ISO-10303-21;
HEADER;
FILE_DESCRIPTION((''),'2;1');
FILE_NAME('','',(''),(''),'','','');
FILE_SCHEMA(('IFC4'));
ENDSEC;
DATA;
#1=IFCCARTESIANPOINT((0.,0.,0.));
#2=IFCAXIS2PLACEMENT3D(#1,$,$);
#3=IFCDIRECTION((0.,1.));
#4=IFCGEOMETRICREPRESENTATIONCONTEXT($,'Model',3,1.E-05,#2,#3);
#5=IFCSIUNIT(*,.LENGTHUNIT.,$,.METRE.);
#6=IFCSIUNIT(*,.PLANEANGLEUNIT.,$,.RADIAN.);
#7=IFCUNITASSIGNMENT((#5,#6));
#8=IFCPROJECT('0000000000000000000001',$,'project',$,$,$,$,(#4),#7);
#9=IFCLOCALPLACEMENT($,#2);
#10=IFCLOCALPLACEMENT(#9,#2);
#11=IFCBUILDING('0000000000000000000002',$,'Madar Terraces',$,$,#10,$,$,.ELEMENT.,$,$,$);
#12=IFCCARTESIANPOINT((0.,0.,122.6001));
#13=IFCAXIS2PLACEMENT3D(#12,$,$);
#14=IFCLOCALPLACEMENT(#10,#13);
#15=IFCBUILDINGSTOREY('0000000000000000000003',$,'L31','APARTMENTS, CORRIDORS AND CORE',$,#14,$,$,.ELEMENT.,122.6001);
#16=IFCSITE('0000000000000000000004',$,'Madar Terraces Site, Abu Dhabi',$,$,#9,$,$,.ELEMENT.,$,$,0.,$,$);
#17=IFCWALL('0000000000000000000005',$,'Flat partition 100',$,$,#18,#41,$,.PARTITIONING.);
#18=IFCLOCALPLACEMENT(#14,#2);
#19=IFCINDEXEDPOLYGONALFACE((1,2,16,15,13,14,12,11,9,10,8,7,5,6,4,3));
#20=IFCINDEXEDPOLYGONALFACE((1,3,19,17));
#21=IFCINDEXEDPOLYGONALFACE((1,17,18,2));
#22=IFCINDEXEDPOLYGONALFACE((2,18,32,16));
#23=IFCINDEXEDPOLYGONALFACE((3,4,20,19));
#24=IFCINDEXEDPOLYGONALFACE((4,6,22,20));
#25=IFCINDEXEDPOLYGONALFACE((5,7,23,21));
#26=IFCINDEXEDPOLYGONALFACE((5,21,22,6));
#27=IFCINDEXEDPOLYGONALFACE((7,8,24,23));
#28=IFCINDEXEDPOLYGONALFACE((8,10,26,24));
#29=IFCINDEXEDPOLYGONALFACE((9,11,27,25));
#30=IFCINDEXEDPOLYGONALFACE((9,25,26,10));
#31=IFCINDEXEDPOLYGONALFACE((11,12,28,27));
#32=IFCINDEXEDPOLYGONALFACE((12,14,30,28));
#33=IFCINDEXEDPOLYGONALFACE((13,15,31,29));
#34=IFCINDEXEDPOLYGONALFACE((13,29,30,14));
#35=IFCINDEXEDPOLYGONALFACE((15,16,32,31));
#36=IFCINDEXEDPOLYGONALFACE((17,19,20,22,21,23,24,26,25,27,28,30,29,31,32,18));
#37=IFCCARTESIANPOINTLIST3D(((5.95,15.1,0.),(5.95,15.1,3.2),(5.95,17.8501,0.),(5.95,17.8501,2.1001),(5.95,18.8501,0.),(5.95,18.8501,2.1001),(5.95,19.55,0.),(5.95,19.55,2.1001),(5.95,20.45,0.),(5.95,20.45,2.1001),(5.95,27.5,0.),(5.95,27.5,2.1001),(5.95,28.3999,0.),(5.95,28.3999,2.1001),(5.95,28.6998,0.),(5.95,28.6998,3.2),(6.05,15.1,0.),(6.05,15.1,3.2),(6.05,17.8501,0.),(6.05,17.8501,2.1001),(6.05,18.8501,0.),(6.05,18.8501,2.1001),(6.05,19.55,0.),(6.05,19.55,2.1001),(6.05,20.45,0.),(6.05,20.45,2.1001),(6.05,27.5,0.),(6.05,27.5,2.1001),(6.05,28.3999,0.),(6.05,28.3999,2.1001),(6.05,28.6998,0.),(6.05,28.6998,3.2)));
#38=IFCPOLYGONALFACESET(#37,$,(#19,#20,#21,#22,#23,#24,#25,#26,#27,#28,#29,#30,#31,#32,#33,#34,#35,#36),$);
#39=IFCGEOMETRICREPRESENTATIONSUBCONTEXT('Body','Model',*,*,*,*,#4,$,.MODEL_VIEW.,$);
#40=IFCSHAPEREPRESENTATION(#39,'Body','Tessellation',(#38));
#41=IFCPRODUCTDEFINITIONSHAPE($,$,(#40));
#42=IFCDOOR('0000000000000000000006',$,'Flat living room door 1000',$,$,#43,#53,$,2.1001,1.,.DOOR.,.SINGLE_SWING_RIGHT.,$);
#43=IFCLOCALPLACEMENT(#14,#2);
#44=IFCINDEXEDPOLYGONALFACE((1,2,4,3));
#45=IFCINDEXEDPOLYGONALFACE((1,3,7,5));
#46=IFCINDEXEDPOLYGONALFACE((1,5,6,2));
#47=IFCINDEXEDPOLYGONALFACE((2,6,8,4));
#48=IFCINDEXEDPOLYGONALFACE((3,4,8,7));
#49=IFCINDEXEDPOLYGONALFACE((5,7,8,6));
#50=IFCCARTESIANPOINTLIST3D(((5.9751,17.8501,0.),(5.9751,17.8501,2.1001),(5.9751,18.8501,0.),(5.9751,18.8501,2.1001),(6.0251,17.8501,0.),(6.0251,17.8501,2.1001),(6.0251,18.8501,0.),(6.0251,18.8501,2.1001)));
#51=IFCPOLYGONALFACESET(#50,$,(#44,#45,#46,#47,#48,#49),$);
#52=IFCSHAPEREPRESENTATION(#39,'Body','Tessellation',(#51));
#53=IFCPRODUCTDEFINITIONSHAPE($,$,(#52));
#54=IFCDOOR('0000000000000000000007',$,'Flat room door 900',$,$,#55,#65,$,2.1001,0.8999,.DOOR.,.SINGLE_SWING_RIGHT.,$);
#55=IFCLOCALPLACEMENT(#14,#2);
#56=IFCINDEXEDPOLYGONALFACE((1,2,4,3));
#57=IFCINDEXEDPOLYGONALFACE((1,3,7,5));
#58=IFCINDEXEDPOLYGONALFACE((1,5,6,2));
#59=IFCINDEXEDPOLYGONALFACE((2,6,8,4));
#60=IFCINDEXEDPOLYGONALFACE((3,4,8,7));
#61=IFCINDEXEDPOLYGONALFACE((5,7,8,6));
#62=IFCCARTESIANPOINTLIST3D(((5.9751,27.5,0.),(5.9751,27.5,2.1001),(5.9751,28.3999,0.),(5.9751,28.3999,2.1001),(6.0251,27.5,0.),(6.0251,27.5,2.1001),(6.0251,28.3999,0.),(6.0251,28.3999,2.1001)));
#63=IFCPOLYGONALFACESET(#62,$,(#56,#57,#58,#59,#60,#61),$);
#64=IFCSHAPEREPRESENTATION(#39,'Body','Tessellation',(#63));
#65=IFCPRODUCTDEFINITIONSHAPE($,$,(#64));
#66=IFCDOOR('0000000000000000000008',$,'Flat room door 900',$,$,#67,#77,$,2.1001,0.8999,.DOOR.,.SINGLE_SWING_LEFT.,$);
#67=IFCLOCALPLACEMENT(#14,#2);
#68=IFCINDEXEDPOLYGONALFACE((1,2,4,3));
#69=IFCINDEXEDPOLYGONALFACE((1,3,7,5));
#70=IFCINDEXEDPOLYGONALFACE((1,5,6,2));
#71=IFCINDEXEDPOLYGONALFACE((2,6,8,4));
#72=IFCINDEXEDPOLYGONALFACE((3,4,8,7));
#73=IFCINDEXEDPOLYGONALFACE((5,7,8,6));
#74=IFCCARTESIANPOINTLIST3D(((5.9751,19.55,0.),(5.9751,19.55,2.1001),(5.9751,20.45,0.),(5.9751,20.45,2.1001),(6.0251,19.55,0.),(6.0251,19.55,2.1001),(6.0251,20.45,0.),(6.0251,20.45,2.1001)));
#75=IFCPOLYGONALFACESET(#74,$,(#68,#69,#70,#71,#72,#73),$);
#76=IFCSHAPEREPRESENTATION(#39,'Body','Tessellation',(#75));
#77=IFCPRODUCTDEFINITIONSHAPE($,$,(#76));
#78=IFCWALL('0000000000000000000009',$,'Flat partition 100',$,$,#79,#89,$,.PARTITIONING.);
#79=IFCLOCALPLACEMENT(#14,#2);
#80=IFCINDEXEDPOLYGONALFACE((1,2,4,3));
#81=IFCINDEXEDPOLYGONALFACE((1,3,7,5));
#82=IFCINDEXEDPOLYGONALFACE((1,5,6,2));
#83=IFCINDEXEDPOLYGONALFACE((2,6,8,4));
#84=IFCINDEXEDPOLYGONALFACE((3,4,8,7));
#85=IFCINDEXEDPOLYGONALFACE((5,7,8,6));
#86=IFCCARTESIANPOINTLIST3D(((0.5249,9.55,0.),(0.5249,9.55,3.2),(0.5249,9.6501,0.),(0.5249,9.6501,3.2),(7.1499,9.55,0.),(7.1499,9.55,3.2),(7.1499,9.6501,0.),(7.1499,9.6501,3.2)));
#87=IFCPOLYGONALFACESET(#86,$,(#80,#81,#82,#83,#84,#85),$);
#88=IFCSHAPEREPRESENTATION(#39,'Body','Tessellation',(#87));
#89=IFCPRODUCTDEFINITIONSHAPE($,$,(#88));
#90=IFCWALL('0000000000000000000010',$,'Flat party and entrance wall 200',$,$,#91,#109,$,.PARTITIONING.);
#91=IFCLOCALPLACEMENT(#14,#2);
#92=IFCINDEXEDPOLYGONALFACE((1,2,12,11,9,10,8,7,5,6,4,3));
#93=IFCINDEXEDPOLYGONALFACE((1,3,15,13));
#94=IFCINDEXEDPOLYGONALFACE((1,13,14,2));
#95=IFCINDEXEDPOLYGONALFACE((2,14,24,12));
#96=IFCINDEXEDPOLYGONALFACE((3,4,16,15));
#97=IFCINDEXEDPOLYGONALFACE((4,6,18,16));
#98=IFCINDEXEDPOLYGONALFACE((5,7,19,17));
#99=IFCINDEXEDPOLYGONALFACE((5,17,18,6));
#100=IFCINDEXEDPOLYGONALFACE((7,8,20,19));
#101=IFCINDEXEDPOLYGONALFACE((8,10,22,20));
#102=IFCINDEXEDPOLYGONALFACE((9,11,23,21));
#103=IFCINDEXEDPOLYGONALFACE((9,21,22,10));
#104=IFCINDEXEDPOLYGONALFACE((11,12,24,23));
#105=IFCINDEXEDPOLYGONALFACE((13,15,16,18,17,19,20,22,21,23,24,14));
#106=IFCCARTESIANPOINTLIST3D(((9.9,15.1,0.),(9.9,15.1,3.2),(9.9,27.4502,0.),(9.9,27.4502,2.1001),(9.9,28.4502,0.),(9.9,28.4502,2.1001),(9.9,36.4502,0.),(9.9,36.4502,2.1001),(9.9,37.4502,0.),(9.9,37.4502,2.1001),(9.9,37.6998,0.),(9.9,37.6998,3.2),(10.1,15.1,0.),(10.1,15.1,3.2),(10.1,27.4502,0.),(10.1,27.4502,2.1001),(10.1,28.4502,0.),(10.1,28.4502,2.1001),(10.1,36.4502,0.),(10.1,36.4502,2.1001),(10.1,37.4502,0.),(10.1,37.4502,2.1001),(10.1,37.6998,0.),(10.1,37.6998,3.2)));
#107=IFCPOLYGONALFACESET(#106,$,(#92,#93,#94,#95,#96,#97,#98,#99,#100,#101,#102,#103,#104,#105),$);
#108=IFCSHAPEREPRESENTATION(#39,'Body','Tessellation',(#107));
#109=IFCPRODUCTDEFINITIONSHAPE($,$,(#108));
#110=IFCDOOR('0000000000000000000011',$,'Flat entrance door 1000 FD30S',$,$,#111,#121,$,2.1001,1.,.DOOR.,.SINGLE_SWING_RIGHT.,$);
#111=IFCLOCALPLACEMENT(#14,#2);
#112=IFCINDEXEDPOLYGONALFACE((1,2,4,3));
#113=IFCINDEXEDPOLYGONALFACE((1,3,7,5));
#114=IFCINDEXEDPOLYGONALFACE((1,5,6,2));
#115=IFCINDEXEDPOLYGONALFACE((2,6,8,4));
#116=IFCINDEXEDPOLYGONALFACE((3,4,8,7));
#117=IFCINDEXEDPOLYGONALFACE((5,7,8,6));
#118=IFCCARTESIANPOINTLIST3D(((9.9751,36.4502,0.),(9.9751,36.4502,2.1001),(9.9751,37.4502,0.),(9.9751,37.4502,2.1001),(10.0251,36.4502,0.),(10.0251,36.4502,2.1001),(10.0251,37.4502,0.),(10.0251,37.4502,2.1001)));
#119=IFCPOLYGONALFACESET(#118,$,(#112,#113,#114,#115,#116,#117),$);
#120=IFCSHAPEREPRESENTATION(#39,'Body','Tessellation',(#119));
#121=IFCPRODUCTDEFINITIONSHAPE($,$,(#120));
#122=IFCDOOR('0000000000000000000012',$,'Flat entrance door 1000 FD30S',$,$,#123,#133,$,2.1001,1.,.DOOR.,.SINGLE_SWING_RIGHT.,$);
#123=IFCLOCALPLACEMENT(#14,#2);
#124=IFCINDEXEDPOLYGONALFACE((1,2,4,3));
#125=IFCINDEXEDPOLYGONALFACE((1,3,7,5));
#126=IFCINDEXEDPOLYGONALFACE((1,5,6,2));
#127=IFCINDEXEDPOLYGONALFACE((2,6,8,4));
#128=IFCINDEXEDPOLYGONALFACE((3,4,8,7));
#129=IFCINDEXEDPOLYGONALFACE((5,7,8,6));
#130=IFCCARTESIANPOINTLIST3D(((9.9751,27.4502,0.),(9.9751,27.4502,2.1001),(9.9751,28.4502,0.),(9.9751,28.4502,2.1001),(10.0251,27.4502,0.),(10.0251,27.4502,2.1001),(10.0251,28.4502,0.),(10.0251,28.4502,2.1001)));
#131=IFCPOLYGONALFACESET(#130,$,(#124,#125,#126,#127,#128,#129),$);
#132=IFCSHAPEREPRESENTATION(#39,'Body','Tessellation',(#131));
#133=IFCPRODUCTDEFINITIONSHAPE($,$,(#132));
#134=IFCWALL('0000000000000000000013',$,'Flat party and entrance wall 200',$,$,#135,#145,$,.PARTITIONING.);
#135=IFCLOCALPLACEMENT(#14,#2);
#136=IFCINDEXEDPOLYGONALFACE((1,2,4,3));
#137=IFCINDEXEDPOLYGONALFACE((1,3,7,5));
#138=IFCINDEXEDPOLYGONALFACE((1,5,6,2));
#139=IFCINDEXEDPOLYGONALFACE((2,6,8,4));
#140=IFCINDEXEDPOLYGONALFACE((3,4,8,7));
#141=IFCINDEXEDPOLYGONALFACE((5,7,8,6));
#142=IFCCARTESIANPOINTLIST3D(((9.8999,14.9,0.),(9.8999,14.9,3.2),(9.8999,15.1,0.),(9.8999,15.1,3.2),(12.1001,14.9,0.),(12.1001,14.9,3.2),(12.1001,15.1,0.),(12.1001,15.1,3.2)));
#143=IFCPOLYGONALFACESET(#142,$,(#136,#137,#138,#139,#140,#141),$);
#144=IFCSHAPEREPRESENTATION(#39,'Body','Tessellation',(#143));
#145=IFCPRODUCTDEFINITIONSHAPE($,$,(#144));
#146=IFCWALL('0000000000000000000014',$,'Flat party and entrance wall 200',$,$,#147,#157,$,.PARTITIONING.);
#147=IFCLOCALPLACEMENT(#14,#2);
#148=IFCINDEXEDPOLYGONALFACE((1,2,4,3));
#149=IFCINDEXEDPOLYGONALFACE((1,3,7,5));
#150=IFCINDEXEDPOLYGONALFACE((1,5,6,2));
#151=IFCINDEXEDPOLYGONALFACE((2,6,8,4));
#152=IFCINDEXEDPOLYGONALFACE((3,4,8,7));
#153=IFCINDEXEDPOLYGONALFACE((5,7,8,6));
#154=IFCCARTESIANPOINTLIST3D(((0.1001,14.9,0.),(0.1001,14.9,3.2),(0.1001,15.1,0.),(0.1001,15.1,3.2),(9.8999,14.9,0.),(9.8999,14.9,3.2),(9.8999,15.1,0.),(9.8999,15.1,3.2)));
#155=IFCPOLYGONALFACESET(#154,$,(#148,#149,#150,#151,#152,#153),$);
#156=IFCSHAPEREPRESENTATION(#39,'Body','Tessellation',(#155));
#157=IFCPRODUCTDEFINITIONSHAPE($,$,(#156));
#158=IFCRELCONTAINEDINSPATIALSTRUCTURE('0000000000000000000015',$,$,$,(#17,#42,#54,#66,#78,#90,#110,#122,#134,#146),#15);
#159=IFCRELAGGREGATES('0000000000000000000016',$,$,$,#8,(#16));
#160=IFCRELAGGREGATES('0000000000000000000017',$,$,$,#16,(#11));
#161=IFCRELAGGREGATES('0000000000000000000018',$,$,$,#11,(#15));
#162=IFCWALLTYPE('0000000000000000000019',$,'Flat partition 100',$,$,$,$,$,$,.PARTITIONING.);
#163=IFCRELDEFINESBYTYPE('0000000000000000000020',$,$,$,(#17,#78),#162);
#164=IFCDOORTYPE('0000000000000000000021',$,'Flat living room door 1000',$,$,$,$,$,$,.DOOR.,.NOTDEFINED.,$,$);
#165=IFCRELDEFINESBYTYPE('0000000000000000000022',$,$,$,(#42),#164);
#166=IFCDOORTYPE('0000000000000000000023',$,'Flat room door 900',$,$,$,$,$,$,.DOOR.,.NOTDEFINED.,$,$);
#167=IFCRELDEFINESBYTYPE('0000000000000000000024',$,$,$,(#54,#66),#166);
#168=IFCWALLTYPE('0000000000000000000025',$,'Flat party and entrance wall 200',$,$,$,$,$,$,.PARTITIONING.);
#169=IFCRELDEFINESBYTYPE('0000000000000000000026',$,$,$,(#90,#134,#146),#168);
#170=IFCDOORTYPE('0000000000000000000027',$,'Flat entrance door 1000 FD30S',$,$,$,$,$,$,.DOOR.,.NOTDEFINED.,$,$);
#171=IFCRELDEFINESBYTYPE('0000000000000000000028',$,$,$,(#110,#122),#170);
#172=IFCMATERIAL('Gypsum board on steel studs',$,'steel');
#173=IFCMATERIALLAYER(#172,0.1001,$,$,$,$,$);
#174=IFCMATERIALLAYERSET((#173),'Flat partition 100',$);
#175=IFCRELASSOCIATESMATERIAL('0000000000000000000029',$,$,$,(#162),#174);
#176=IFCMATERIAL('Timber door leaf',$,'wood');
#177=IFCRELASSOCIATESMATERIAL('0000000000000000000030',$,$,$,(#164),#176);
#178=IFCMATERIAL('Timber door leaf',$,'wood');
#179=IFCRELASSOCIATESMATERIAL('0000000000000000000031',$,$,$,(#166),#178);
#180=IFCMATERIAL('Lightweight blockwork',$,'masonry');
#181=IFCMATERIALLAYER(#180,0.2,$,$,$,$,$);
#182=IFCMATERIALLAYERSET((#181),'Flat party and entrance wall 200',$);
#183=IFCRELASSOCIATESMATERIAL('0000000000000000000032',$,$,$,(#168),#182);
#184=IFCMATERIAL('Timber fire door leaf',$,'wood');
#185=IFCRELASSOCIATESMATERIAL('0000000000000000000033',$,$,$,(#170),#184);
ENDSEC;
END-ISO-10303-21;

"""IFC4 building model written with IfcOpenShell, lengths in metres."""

from ifc_helpers import new_model, si_unit, direction, frame, frame_2d, origin, place, context, subcontext, project, spatial, rectangle, extrude, material, layer, layer_set, type_object, element, fill, save


model = new_model("IFC4")

# Units and contexts
model_context = context("Model", 3, precision=1e-05, world=origin(), true_north=direction((0.0, 1.0)))
body_context = subcontext(model_context, "Body", "Model", "MODEL_VIEW")
ifc_project = project(units=[si_unit("LENGTHUNIT", "METRE"), si_unit("PLANEANGLEUNIT", "RADIAN")], contexts=[model_context])

# Site, building, storey
site_placement = place(None, origin())
site = spatial("IfcSite", under=ifc_project, at=site_placement, Name="Madar Terraces Site, Abu Dhabi", CompositionType="ELEMENT", RefElevation=0.0)
building_placement = place(site_placement, origin())
building = spatial("IfcBuilding", under=site, at=building_placement, Name="Madar Terraces", CompositionType="ELEMENT")
storey_placement = place(building_placement, frame((0.0, 0.0, 122.6001)))
storey = spatial("IfcBuildingStorey", under=building, at=storey_placement, Name="L31", Description="APARTMENTS, CORRIDORS AND CORE", CompositionType="ELEMENT", Elevation=122.6001)

# Shared definitions
ifc_material_1 = material(Name="Gypsum board on steel studs", Category="steel")
ifc_layer_1 = layer(ifc_material_1, 0.1001)
ifc_layer_set_1 = layer_set([ifc_layer_1], Name="Flat partition 100")
wall_type_1 = type_object("IfcWallType", Name="Flat partition 100", PredefinedType="PARTITIONING", material=ifc_layer_set_1)

# Wall, openings, doors
wall_1_placement = place(storey_placement, frame((6.0, 15.1001, 0.0), z_axis=(0.0, 0.0, 1.0), x_axis=(0.0, 1.0, 0.0)))
wall_1 = element("IfcWall", 1, at=wall_1_placement, inside=storey, type_object=wall_type_1, Name="Flat partition 100", PredefinedType="PARTITIONING", context=body_context, shape_type="SweptSolid", body=[
    extrude(rectangle(XDim=13.5999, YDim=0.1001, at=frame_2d((6.7998, 0.0))), origin(), (0.0, 0.0, 1.0), 3.2),
])
opening_1_placement = place(wall_1_placement, frame((12.3999, 0.0, 0.0)))
opening_1 = element("IfcOpeningElement", 2, at=opening_1_placement, cuts=wall_1, PredefinedType="OPENING", context=body_context, shape_type="SweptSolid", body=[
    extrude(rectangle(XDim=0.8999, YDim=2.1001, at=frame_2d((0.45, 1.05))), frame((0.0, 0.0601, 0.0), z_axis=(0.0, -1.0, 0.0), x_axis=(1.0, 0.0, 0.0)), (0.0, 0.0, 1.0), 0.1201),
])
opening_2_placement = place(wall_1_placement, frame((4.45, 0.0, 0.0)))
opening_2 = element("IfcOpeningElement", 3, at=opening_2_placement, cuts=wall_1, PredefinedType="OPENING", context=body_context, shape_type="SweptSolid", body=[
    extrude(rectangle(XDim=0.8999, YDim=2.1001, at=frame_2d((0.45, 1.05))), frame((0.0, 0.0601, 0.0), z_axis=(0.0, -1.0, 0.0), x_axis=(1.0, 0.0, 0.0)), (0.0, 0.0, 1.0), 0.1201),
])
opening_3_placement = place(wall_1_placement, frame((2.75, 0.0, 0.0)))
opening_3 = element("IfcOpeningElement", 4, at=opening_3_placement, cuts=wall_1, PredefinedType="OPENING", context=body_context, shape_type="SweptSolid", body=[
    extrude(rectangle(XDim=1.0, YDim=2.1001, at=frame_2d((0.5, 1.05))), frame((0.0, 0.0601, 0.0), z_axis=(0.0, -1.0, 0.0), x_axis=(1.0, 0.0, 0.0)), (0.0, 0.0, 1.0), 0.1201),
])
ifc_material_2 = material(Name="Timber door leaf", Category="wood")
door_type_1 = type_object("IfcDoorType", Name="Flat living room door 1000", OperationType="NOTDEFINED", PredefinedType="DOOR", material=ifc_material_2)
door_1_placement = place(opening_3_placement, origin())
door_1 = element("IfcDoor", 5, at=door_1_placement, inside=storey, type_object=door_type_1, Name="Flat living room door 1000", OperationType="SINGLE_SWING_RIGHT", OverallHeight=2.1001, OverallWidth=1.0, PredefinedType="DOOR", context=body_context, shape_type="SweptSolid", body=[
    extrude(rectangle(XDim=1.0, YDim=2.1001, at=frame_2d((0.5, 1.05))), frame((0.0, 0.0249, 0.0), z_axis=(0.0, -1.0, 0.0), x_axis=(1.0, 0.0, 0.0)), (0.0, 0.0, 1.0), 0.05),
])
fill(opening_3, door_1)
ifc_material_3 = material(Name="Timber door leaf", Category="wood")
door_type_2 = type_object("IfcDoorType", Name="Flat room door 900", OperationType="NOTDEFINED", PredefinedType="DOOR", material=ifc_material_3)
door_2_placement = place(opening_1_placement, origin())
door_2 = element("IfcDoor", 6, at=door_2_placement, inside=storey, type_object=door_type_2, Name="Flat room door 900", OperationType="SINGLE_SWING_RIGHT", OverallHeight=2.1001, OverallWidth=0.8999, PredefinedType="DOOR", context=body_context, shape_type="SweptSolid", body=[
    extrude(rectangle(XDim=0.8999, YDim=2.1001, at=frame_2d((0.45, 1.05))), frame((0.0, 0.0249, 0.0), z_axis=(0.0, -1.0, 0.0), x_axis=(1.0, 0.0, 0.0)), (0.0, 0.0, 1.0), 0.05),
])
fill(opening_1, door_2)
door_3_placement = place(opening_2_placement, origin())
door_3 = element("IfcDoor", 7, at=door_3_placement, inside=storey, type_object=door_type_2, Name="Flat room door 900", OperationType="SINGLE_SWING_LEFT", OverallHeight=2.1001, OverallWidth=0.8999, PredefinedType="DOOR", context=body_context, shape_type="SweptSolid", body=[
    extrude(rectangle(XDim=0.8999, YDim=2.1001, at=frame_2d((0.45, 1.05))), frame((0.0, 0.0249, 0.0), z_axis=(0.0, -1.0, 0.0), x_axis=(1.0, 0.0, 0.0)), (0.0, 0.0, 1.0), 0.05),
])
fill(opening_2, door_3)

# Wall
wall_2_placement = place(storey_placement, frame((7.1499, 9.6001, 0.0), z_axis=(0.0, 0.0, 1.0), x_axis=(-1.0, 0.0, 0.0)))
element("IfcWall", 8, at=wall_2_placement, inside=storey, type_object=wall_type_1, Name="Flat partition 100", PredefinedType="PARTITIONING", context=body_context, shape_type="SweptSolid", body=[
    extrude(rectangle(XDim=6.625, YDim=0.1001, at=frame_2d((3.3125, 0.0))), origin(), (0.0, 0.0, 1.0), 3.2),
])

# Wall, openings, doors
ifc_material_4 = material(Name="Lightweight blockwork", Category="masonry")
ifc_layer_2 = layer(ifc_material_4, 0.2)
ifc_layer_set_2 = layer_set([ifc_layer_2], Name="Flat party and entrance wall 200")
wall_type_2 = type_object("IfcWallType", Name="Flat party and entrance wall 200", PredefinedType="PARTITIONING", material=ifc_layer_set_2)
wall_3_placement = place(storey_placement, frame((10.0, 15.1001, 0.0), z_axis=(0.0, 0.0, 1.0), x_axis=(0.0, 1.0, 0.0)))
wall_3 = element("IfcWall", 9, at=wall_3_placement, inside=storey, type_object=wall_type_2, Name="Flat party and entrance wall 200", PredefinedType="PARTITIONING", context=body_context, shape_type="SweptSolid", body=[
    extrude(rectangle(XDim=22.5999, YDim=0.2, at=frame_2d((11.2998, 0.0))), origin(), (0.0, 0.0, 1.0), 3.2),
])
opening_4_placement = place(wall_3_placement, frame((21.3501, 0.0, 0.0)))
opening_4 = element("IfcOpeningElement", 10, at=opening_4_placement, cuts=wall_3, PredefinedType="OPENING", context=body_context, shape_type="SweptSolid", body=[
    extrude(rectangle(XDim=1.0, YDim=2.1001, at=frame_2d((0.5, 1.05))), frame((0.0, 0.1099, 0.0), z_axis=(0.0, -1.0, 0.0), x_axis=(1.0, 0.0, 0.0)), (0.0, 0.0, 1.0), 0.22),
])
opening_5_placement = place(wall_3_placement, frame((12.3501, 0.0, 0.0)))
opening_5 = element("IfcOpeningElement", 11, at=opening_5_placement, cuts=wall_3, PredefinedType="OPENING", context=body_context, shape_type="SweptSolid", body=[
    extrude(rectangle(XDim=1.0, YDim=2.1001, at=frame_2d((0.5, 1.05))), frame((0.0, 0.1099, 0.0), z_axis=(0.0, -1.0, 0.0), x_axis=(1.0, 0.0, 0.0)), (0.0, 0.0, 1.0), 0.22),
])
ifc_material_5 = material(Name="Timber fire door leaf", Category="wood")
door_type_3 = type_object("IfcDoorType", Name="Flat entrance door 1000 FD30S", OperationType="NOTDEFINED", PredefinedType="DOOR", material=ifc_material_5)
door_4_placement = place(opening_4_placement, origin())
door_4 = element("IfcDoor", 12, at=door_4_placement, inside=storey, type_object=door_type_3, Name="Flat entrance door 1000 FD30S", OperationType="SINGLE_SWING_RIGHT", OverallHeight=2.1001, OverallWidth=1.0, PredefinedType="DOOR", context=body_context, shape_type="SweptSolid", body=[
    extrude(rectangle(XDim=1.0, YDim=2.1001, at=frame_2d((0.5, 1.05))), frame((0.0, 0.0249, 0.0), z_axis=(0.0, -1.0, 0.0), x_axis=(1.0, 0.0, 0.0)), (0.0, 0.0, 1.0), 0.05),
])
fill(opening_4, door_4)
door_5_placement = place(opening_5_placement, origin())
door_5 = element("IfcDoor", 13, at=door_5_placement, inside=storey, type_object=door_type_3, Name="Flat entrance door 1000 FD30S", OperationType="SINGLE_SWING_RIGHT", OverallHeight=2.1001, OverallWidth=1.0, PredefinedType="DOOR", context=body_context, shape_type="SweptSolid", body=[
    extrude(rectangle(XDim=1.0, YDim=2.1001, at=frame_2d((0.5, 1.05))), frame((0.0, 0.0249, 0.0), z_axis=(0.0, -1.0, 0.0), x_axis=(1.0, 0.0, 0.0)), (0.0, 0.0, 1.0), 0.05),
])
fill(opening_5, door_5)

# Walls
wall_4_placement = place(storey_placement, frame((9.8999, 15.0, 0.0), z_axis=(0.0, 0.0, 1.0), x_axis=(1.0, 0.0, 0.0)))
element("IfcWall", 14, at=wall_4_placement, inside=storey, type_object=wall_type_2, Name="Flat party and entrance wall 200", PredefinedType="PARTITIONING", context=body_context, shape_type="SweptSolid", body=[
    extrude(rectangle(XDim=2.2002, YDim=0.2, at=frame_2d((1.1001, 0.0))), origin(), (0.0, 0.0, 1.0), 3.2),
])
wall_5_placement = place(storey_placement, frame((0.1001, 15.0, 0.0), z_axis=(0.0, 0.0, 1.0), x_axis=(1.0, 0.0, 0.0)))
element("IfcWall", 15, at=wall_5_placement, inside=storey, type_object=wall_type_2, Name="Flat party and entrance wall 200", PredefinedType="PARTITIONING", context=body_context, shape_type="SweptSolid", body=[
    extrude(rectangle(XDim=9.7998, YDim=0.2, at=frame_2d((4.8999, 0.0))), origin(), (0.0, 0.0, 1.0), 3.2),
])

save(model, "model.ifc")
